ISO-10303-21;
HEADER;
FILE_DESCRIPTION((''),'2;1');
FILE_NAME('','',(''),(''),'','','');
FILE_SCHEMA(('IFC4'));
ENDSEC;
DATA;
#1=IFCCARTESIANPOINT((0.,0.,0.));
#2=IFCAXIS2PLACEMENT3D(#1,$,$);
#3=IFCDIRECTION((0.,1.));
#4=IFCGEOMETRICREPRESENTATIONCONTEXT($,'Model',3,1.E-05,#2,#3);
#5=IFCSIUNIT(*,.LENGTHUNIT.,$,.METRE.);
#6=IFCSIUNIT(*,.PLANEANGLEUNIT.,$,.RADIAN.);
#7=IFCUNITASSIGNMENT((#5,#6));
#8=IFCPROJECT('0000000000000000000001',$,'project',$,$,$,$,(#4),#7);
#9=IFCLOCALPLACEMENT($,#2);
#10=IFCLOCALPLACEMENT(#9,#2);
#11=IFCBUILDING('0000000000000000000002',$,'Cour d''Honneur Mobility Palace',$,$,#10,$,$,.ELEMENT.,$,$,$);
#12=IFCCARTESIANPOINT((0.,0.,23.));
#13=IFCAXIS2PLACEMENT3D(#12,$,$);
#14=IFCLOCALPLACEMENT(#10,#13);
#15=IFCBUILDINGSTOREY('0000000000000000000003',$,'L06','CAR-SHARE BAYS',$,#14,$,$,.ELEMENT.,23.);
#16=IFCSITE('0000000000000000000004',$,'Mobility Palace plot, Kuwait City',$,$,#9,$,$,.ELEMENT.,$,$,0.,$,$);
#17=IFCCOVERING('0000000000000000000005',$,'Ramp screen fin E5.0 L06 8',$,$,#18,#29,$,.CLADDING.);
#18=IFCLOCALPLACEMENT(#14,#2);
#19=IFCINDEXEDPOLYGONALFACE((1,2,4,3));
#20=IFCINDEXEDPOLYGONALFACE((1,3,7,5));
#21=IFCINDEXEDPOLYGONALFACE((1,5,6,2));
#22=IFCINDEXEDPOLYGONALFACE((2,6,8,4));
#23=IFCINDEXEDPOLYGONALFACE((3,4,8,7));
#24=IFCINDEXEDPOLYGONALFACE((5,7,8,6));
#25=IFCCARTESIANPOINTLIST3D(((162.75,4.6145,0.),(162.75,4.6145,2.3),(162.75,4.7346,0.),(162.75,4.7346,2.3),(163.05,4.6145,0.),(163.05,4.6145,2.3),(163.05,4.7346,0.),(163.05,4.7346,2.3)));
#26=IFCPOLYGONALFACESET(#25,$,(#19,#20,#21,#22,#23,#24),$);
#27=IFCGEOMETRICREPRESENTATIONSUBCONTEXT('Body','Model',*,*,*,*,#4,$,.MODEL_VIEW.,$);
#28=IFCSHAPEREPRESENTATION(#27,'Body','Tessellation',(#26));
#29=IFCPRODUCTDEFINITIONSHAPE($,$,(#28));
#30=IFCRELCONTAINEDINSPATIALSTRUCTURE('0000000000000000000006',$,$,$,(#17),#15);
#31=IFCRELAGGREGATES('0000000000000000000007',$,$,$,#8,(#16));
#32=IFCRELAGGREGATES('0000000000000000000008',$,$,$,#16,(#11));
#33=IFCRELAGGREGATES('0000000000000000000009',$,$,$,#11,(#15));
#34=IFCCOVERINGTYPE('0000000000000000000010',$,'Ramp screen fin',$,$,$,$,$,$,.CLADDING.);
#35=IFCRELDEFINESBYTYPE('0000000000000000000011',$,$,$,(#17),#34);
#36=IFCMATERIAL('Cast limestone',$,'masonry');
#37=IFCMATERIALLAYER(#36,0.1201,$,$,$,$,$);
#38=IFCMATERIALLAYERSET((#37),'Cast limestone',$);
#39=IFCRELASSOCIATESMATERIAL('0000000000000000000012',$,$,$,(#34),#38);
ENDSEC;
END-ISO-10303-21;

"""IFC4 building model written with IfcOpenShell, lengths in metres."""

from ifc_helpers import new_model, si_unit, direction, frame, origin, place, context, subcontext, project, spatial, polyline, outline, extrude, material, layer, layer_set, type_object, element, save


model = new_model("IFC4")

# Units and contexts
model_context = context("Model", 3, precision=1e-05, world=origin(), true_north=direction((0.0, 1.0)))
body_context = subcontext(model_context, "Body", "Model", "MODEL_VIEW")
ifc_project = project(units=[si_unit("LENGTHUNIT", "METRE"), si_unit("PLANEANGLEUNIT", "RADIAN")], contexts=[model_context])

# Site, building, storey
site_placement = place(None, origin())
site = spatial("IfcSite", under=ifc_project, at=site_placement, Name="Mobility Palace plot, Kuwait City", CompositionType="ELEMENT", RefElevation=0.0)
building_placement = place(site_placement, origin())
building = spatial("IfcBuilding", under=site, at=building_placement, Name="Cour d'Honneur Mobility Palace", CompositionType="ELEMENT")
storey_placement = place(building_placement, frame((0.0, 0.0, 23.0)))
storey = spatial("IfcBuildingStorey", under=building, at=storey_placement, Name="L06", Description="CAR-SHARE BAYS", CompositionType="ELEMENT", Elevation=23.0)

# Covering
ifc_material_1 = material(Name="Cast limestone", Category="masonry")
ifc_layer_1 = layer(ifc_material_1, 0.1201)
ifc_layer_set_1 = layer_set([ifc_layer_1], Name="Cast limestone")
covering_type = type_object("IfcCoveringType", Name="Ramp screen fin", PredefinedType="CLADDING", material=ifc_layer_set_1)
covering_1_placement = place(storey_placement, origin())
element("IfcCovering", 1, at=covering_1_placement, inside=storey, type_object=covering_type, Name="Ramp screen fin E5.0 L06 8", PredefinedType="CLADDING", context=body_context, shape_type="SweptSolid", body=[
    extrude(outline(polyline([(162.75, 4.6145), (162.75, 4.7346), (163.05, 4.7346), (163.05, 4.6145), (162.75, 4.6145)])), origin(), (0.0, 0.0, 1.0), 2.3),
])

save(model, "model.ifc")
